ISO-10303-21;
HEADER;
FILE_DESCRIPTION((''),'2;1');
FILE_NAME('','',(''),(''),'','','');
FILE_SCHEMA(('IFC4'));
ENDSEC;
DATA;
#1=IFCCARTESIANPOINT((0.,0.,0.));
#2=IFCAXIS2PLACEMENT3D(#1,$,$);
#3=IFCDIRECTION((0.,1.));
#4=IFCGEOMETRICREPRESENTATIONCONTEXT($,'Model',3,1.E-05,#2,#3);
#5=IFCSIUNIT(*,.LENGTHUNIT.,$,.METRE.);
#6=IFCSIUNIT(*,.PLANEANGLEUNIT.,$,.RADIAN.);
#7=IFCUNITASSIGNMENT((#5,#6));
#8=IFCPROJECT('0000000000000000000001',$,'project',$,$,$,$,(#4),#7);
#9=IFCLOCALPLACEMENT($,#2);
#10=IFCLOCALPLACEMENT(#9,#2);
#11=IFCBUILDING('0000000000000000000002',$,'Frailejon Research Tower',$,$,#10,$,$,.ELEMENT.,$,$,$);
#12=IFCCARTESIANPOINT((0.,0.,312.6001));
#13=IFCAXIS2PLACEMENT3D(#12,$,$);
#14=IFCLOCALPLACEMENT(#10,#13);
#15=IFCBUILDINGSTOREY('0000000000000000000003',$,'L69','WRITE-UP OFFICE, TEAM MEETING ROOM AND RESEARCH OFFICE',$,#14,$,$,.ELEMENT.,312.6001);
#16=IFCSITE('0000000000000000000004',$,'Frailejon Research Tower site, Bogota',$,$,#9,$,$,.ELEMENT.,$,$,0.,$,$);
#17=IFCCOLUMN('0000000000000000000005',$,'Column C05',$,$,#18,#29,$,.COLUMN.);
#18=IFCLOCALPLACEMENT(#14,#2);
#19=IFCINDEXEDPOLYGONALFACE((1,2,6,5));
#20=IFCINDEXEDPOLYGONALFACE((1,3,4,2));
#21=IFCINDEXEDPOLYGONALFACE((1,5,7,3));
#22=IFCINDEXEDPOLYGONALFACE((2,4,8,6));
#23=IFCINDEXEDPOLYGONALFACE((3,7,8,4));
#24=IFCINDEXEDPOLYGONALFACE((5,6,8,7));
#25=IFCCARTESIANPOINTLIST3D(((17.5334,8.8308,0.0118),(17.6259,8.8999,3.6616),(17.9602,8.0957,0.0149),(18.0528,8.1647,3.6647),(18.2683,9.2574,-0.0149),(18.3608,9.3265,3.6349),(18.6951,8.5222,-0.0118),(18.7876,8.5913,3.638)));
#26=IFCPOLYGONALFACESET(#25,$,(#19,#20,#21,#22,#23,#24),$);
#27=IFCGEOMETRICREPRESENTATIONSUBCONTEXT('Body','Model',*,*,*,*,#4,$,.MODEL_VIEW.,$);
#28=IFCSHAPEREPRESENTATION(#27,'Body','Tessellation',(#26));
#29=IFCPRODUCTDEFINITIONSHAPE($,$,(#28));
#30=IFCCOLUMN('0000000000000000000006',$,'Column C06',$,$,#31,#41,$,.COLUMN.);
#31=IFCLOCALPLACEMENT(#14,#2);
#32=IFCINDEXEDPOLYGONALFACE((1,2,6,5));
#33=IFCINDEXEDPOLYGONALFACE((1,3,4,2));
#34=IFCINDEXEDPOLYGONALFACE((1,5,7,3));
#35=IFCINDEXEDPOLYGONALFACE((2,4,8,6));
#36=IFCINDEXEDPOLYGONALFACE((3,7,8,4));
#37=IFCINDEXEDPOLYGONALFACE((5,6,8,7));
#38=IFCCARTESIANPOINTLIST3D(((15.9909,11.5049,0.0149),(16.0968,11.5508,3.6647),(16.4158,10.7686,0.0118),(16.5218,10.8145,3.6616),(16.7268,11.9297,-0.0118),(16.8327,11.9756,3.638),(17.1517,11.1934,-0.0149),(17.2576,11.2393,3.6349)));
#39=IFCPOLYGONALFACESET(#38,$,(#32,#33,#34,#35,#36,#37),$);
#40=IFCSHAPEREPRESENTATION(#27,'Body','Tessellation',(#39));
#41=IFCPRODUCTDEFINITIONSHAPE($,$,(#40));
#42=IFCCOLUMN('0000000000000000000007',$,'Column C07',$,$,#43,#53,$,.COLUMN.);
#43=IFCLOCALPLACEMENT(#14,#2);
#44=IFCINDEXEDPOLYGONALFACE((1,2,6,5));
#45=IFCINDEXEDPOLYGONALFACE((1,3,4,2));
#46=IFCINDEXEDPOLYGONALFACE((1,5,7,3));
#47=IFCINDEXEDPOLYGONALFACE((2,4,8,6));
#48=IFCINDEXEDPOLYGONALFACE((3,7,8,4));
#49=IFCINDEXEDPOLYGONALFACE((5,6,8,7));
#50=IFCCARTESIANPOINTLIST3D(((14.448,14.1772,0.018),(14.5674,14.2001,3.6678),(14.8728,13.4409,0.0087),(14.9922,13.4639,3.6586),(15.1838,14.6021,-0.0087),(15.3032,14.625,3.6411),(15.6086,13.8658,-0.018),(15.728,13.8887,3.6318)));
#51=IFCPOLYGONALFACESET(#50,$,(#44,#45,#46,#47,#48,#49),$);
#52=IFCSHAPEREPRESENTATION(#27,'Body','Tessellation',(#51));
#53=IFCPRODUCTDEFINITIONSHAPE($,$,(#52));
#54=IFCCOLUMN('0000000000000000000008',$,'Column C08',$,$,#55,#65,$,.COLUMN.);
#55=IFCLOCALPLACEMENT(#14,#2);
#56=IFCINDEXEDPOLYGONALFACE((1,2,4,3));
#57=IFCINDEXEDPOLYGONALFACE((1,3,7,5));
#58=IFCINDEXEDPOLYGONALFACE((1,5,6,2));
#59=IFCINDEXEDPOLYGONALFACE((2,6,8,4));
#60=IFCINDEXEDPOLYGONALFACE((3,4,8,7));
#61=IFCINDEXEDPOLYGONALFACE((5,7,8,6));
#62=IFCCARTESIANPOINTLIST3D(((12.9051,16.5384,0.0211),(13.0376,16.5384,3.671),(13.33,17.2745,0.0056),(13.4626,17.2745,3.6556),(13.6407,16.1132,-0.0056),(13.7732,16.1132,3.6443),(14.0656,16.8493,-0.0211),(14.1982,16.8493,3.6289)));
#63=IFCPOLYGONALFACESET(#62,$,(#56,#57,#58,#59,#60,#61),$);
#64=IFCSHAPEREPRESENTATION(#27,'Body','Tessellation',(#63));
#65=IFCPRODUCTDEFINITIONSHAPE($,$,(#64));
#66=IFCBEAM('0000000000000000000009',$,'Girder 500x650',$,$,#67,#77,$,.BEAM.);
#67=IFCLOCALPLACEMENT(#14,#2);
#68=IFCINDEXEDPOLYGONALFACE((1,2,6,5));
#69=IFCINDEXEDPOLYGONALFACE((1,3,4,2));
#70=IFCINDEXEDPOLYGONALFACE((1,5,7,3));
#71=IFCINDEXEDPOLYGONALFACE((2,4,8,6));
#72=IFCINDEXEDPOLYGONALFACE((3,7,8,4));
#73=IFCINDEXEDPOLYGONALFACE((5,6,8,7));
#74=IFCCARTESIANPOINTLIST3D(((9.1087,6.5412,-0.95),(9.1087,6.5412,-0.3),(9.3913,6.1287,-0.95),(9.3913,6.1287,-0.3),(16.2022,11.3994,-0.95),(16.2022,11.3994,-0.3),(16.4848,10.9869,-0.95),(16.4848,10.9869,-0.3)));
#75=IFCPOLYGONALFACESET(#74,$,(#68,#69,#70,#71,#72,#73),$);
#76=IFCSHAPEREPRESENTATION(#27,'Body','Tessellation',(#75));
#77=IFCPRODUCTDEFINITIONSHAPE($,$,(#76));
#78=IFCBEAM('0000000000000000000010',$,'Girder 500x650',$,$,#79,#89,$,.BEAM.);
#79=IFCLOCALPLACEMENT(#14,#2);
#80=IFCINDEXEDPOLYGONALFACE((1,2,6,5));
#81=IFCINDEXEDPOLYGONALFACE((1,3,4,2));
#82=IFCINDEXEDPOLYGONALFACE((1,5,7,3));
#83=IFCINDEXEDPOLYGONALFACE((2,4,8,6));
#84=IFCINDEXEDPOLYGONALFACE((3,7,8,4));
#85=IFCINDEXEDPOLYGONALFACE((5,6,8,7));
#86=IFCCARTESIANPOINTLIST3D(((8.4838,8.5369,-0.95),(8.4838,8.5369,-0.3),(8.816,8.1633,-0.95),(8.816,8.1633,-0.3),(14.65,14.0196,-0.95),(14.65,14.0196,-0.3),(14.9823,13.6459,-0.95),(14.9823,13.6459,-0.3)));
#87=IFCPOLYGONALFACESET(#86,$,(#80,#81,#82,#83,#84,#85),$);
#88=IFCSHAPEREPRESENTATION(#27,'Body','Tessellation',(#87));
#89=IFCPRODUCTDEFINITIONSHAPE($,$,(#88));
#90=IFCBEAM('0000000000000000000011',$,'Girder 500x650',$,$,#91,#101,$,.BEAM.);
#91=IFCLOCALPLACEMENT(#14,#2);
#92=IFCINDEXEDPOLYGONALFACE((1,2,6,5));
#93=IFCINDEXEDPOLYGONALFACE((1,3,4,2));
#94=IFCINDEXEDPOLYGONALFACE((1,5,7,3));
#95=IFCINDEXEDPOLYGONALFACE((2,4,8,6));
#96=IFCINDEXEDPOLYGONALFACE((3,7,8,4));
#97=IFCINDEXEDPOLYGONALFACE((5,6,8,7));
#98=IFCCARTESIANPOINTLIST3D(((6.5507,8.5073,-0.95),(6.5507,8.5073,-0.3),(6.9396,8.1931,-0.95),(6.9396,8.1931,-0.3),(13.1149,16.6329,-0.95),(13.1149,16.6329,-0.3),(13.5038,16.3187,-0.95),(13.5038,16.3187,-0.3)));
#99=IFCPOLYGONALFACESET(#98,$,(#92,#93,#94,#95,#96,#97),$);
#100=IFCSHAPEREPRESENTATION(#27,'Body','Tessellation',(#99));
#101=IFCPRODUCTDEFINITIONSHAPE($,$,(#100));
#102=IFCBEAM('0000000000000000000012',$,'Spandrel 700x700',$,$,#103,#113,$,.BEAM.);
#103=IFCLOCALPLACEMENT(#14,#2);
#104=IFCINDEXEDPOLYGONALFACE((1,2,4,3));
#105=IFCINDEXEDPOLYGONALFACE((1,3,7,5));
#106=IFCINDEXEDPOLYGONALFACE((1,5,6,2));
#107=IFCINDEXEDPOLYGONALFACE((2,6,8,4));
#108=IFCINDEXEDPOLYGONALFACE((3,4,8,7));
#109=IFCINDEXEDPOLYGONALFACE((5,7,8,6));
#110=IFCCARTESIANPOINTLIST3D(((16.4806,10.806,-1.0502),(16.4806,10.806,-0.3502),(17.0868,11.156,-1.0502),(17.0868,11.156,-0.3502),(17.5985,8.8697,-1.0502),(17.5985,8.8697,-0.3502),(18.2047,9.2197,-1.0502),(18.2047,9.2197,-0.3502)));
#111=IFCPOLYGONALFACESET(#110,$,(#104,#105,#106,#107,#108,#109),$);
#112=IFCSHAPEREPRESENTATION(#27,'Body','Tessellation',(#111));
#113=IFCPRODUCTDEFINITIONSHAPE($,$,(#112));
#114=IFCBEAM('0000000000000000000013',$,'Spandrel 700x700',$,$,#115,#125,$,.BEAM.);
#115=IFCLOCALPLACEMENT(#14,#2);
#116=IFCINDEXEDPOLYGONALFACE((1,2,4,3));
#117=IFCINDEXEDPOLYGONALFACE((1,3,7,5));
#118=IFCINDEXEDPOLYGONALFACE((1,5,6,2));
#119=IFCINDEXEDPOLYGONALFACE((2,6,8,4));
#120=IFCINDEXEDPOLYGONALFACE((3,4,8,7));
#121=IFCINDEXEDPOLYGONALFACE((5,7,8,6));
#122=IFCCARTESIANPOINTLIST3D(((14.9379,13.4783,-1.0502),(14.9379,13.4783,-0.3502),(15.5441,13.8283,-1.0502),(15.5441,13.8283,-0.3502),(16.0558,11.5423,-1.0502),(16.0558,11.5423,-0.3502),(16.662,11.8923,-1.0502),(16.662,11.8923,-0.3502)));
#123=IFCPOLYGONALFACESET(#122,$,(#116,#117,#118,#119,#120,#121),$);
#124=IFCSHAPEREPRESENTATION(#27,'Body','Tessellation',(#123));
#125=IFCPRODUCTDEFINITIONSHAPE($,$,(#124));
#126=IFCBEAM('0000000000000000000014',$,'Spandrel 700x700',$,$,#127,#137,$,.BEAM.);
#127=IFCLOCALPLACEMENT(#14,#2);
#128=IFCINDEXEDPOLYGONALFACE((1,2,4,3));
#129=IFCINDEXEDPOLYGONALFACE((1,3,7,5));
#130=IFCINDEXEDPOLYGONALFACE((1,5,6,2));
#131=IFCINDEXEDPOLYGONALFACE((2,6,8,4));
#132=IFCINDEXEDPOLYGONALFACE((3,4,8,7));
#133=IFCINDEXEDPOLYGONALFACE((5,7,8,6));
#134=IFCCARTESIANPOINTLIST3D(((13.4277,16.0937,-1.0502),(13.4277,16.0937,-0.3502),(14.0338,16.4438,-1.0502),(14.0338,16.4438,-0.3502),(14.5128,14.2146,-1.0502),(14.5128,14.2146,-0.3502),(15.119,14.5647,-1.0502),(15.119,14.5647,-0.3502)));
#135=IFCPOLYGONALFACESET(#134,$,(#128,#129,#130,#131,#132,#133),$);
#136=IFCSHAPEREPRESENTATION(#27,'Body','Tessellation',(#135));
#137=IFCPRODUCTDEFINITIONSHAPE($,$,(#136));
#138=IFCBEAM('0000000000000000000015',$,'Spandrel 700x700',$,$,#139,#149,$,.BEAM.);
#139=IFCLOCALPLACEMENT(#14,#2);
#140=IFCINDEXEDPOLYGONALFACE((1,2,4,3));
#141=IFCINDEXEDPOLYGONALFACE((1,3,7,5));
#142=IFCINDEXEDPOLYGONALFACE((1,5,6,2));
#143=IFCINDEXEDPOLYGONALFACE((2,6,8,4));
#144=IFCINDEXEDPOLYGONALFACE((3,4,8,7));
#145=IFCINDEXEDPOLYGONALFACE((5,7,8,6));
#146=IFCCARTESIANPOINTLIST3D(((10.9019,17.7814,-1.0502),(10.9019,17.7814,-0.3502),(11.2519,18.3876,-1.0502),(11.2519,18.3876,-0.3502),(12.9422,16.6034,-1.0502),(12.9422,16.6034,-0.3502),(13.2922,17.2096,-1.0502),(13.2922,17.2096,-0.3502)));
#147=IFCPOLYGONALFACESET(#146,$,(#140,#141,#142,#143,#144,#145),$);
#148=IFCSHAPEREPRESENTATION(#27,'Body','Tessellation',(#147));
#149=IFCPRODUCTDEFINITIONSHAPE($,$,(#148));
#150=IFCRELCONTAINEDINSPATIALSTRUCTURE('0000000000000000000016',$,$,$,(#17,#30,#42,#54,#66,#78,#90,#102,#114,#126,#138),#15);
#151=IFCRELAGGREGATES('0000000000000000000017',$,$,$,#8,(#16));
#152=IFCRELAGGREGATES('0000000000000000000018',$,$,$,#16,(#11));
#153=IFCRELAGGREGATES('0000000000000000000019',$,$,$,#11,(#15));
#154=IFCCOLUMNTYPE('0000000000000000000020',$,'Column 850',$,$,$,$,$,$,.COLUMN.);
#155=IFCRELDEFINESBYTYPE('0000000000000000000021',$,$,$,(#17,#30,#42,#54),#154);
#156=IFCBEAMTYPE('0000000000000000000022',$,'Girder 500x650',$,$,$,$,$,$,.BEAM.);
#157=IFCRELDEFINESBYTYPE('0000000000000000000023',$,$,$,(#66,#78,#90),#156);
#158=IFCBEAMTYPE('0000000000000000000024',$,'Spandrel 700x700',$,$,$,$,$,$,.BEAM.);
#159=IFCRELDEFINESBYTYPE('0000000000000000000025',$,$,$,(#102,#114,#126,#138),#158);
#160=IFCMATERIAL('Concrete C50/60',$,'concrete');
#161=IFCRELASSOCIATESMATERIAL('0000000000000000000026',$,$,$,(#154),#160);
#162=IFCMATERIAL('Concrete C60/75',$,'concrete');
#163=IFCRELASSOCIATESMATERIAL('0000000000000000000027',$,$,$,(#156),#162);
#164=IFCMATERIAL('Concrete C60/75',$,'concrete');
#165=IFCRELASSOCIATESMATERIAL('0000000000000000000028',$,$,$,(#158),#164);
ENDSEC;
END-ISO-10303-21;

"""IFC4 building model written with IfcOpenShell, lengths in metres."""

from ifc_helpers import new_model, si_unit, direction, frame, origin, origin_2d, place, context, subcontext, project, spatial, rectangle, extrude, material, material_profile, profile_set, type_object, element, save


model = new_model("IFC4")

# Units and contexts
model_context = context("Model", 3, precision=1e-05, world=origin(), true_north=direction((0.0, 1.0)))
body_context = subcontext(model_context, "Body", "Model", "MODEL_VIEW")
ifc_project = project(units=[si_unit("LENGTHUNIT", "METRE"), si_unit("PLANEANGLEUNIT", "RADIAN")], contexts=[model_context])

# Site, building, storey
site_placement = place(None, origin())
site = spatial("IfcSite", under=ifc_project, at=site_placement, Name="Frailejon Research Tower site, Bogota", CompositionType="ELEMENT", RefElevation=0.0)
building_placement = place(site_placement, origin())
building = spatial("IfcBuilding", under=site, at=building_placement, Name="Frailejon Research Tower", CompositionType="ELEMENT")
storey_placement = place(building_placement, frame((0.0, 0.0, 312.6001)))
storey = spatial("IfcBuildingStorey", under=building, at=storey_placement, Name="L69", Description="WRITE-UP OFFICE, TEAM MEETING ROOM AND RESEARCH OFFICE", CompositionType="ELEMENT", Elevation=312.6001)

# Columns
ifc_material_1 = material(Name="Concrete C50/60", Category="concrete")
ifc_material_profile_1 = material_profile(ifc_material_1, rectangle(XDim=0.8501, YDim=0.8501, at=origin_2d()), Name="Column 850")
ifc_profile_set_1 = profile_set([ifc_material_profile_1], Name="Concrete C50/60")
column_type = type_object("IfcColumnType", Name="Column 850", PredefinedType="COLUMN", material=ifc_profile_set_1)
for number, where, z_axis, x_axis, name in (
    (1, (18.1143, 8.6765, 0.0), (0.025338, 0.01892, 0.9995), (-0.502095, 0.864805, -0.003642), "Column C05"),
    (2, (16.5713, 11.3491, 0.0), (0.029016, 0.012569, 0.9995), (-0.499849, 0.866105, 0.003619), "Column C06"),
):
    element("IfcColumn", number, at=place(storey_placement, frame(where, z_axis=z_axis, x_axis=x_axis)), inside=storey, type_object=column_type, Name=name, PredefinedType="COLUMN", context=body_context, shape_type="SweptSolid", body=[
        extrude(rectangle(XDim=0.8501, YDim=0.8501, at=origin_2d()), origin(), (0.0, 0.0, 1.0), 3.6516),
    ])
column_1_placement = place(storey_placement, frame((15.0283, 14.0215, 0.0), z_axis=(0.032691, 0.006284, 0.999446), x_axis=(-0.499707, 0.866126, 0.010899)))
element("IfcColumn", 3, at=column_1_placement, inside=storey, type_object=column_type, Name="Column C07", PredefinedType="COLUMN", context=body_context, shape_type="SweptSolid", body=[
    extrude(rectangle(XDim=0.8501, YDim=0.8501, at=origin_2d()), origin(), (0.0, 0.0, 1.0), 3.6519),
])
column_2_placement = place(storey_placement, frame((13.4854, 16.6938, 0.0), z_axis=(0.036297, 0.0, 0.999341), x_axis=(-0.865313, 0.500246, 0.031429)))
element("IfcColumn", 4, at=column_2_placement, inside=storey, type_object=column_type, Name="Column C08", PredefinedType="COLUMN", context=body_context, shape_type="SweptSolid", body=[
    extrude(rectangle(XDim=0.8501, YDim=0.8501, at=origin_2d()), origin(), (0.0, 0.0, 1.0), 3.6523),
])

# Beams
ifc_material_2 = material(Name="Concrete C60/75", Category="concrete")
ifc_material_profile_2 = material_profile(ifc_material_2, rectangle(XDim=0.5, YDim=0.6499, at=origin_2d()), Name="Girder 500x650")
ifc_profile_set_2 = profile_set([ifc_material_profile_2], Name="Concrete C60/75")
beam_type_1 = type_object("IfcBeamType", Name="Girder 500x650", PredefinedType="BEAM", material=ifc_profile_set_2)
beam_1_placement = place(storey_placement, frame((16.3435, 11.1931, -0.625), z_axis=(-0.825052, -0.565056, 0.0), x_axis=(0.565056, -0.825052, 0.0)))
element("IfcBeam", 5, at=beam_1_placement, inside=storey, type_object=beam_type_1, Name="Girder 500x650", PredefinedType="BEAM", context=body_context, shape_type="SweptSolid", body=[
    extrude(rectangle(XDim=0.5, YDim=0.6499, at=origin_2d()), origin(), (0.0, 0.0, 1.0), 8.5977),
])
beam_2_placement = place(storey_placement, frame((14.8162, 13.8328, -0.625), z_axis=(-0.747316, -0.664469, 0.0), x_axis=(0.664469, -0.747316, 0.0)))
element("IfcBeam", 6, at=beam_2_placement, inside=storey, type_object=beam_type_1, Name="Girder 500x650", PredefinedType="BEAM", context=body_context, shape_type="SweptSolid", body=[
    extrude(rectangle(XDim=0.5, YDim=0.6499, at=origin_2d()), origin(), (0.0, 0.0, 1.0), 8.2512),
])
beam_3_placement = place(storey_placement, frame((13.3093, 16.4758, -0.625), z_axis=(-0.628402, -0.777889, 0.0), x_axis=(0.777889, -0.628402, 0.0)))
element("IfcBeam", 7, at=beam_3_placement, inside=storey, type_object=beam_type_1, Name="Girder 500x650", PredefinedType="BEAM", context=body_context, shape_type="SweptSolid", body=[
    extrude(rectangle(XDim=0.5, YDim=0.6499, at=origin_2d()), origin(), (0.0, 0.0, 1.0), 10.4458),
])
ifc_material_3 = material(Name="Concrete C60/75", Category="concrete")
ifc_material_profile_3 = material_profile(ifc_material_3, rectangle(XDim=0.7, YDim=0.7, at=origin_2d()), Name="Spandrel 700x700")
ifc_profile_set_3 = profile_set([ifc_material_profile_3], Name="Concrete C60/75")
beam_type_2 = type_object("IfcBeamType", Name="Spandrel 700x700", PredefinedType="BEAM", material=ifc_profile_set_3)
beam_4_placement = place(storey_placement, frame((17.9016, 9.0447, -0.7002), z_axis=(-0.500003, 0.866024, 0.0), x_axis=(-0.866024, -0.500003, 0.0)))
element("IfcBeam", 8, at=beam_4_placement, inside=storey, type_object=beam_type_2, Name="Spandrel 700x700", PredefinedType="BEAM", context=body_context, shape_type="SweptSolid", body=[
    extrude(rectangle(XDim=0.7, YDim=0.7, at=origin_2d()), origin(), (0.0, 0.0, 1.0), 2.2358),
])
beam_5_placement = place(storey_placement, frame((16.3589, 11.7173, -0.7002), z_axis=(-0.50005, 0.865996, 0.0), x_axis=(-0.865996, -0.50005, 0.0)))
element("IfcBeam", 9, at=beam_5_placement, inside=storey, type_object=beam_type_2, Name="Spandrel 700x700", PredefinedType="BEAM", context=body_context, shape_type="SweptSolid", body=[
    extrude(rectangle(XDim=0.7, YDim=0.7, at=origin_2d()), origin(), (0.0, 0.0, 1.0), 2.2356),
])
beam_6_placement = place(storey_placement, frame((14.8159, 14.3896, -0.7002), z_axis=(-0.500096, 0.86597, 0.0), x_axis=(-0.86597, -0.500096, 0.0)))
element("IfcBeam", 10, at=beam_6_placement, inside=storey, type_object=beam_type_2, Name="Spandrel 700x700", PredefinedType="BEAM", context=body_context, shape_type="SweptSolid", body=[
    extrude(rectangle(XDim=0.7, YDim=0.7, at=origin_2d()), origin(), (0.0, 0.0, 1.0), 2.1699),
])
beam_7_placement = place(storey_placement, frame((13.1172, 16.9065, -0.7002), z_axis=(-0.866022, 0.500007, 0.0), x_axis=(-0.500007, -0.866022, 0.0)))
element("IfcBeam", 11, at=beam_7_placement, inside=storey, type_object=beam_type_2, Name="Spandrel 700x700", PredefinedType="BEAM", context=body_context, shape_type="SweptSolid", body=[
    extrude(rectangle(XDim=0.7, YDim=0.7, at=origin_2d()), origin(), (0.0, 0.0, 1.0), 2.356),
])

save(model, "model.ifc")
